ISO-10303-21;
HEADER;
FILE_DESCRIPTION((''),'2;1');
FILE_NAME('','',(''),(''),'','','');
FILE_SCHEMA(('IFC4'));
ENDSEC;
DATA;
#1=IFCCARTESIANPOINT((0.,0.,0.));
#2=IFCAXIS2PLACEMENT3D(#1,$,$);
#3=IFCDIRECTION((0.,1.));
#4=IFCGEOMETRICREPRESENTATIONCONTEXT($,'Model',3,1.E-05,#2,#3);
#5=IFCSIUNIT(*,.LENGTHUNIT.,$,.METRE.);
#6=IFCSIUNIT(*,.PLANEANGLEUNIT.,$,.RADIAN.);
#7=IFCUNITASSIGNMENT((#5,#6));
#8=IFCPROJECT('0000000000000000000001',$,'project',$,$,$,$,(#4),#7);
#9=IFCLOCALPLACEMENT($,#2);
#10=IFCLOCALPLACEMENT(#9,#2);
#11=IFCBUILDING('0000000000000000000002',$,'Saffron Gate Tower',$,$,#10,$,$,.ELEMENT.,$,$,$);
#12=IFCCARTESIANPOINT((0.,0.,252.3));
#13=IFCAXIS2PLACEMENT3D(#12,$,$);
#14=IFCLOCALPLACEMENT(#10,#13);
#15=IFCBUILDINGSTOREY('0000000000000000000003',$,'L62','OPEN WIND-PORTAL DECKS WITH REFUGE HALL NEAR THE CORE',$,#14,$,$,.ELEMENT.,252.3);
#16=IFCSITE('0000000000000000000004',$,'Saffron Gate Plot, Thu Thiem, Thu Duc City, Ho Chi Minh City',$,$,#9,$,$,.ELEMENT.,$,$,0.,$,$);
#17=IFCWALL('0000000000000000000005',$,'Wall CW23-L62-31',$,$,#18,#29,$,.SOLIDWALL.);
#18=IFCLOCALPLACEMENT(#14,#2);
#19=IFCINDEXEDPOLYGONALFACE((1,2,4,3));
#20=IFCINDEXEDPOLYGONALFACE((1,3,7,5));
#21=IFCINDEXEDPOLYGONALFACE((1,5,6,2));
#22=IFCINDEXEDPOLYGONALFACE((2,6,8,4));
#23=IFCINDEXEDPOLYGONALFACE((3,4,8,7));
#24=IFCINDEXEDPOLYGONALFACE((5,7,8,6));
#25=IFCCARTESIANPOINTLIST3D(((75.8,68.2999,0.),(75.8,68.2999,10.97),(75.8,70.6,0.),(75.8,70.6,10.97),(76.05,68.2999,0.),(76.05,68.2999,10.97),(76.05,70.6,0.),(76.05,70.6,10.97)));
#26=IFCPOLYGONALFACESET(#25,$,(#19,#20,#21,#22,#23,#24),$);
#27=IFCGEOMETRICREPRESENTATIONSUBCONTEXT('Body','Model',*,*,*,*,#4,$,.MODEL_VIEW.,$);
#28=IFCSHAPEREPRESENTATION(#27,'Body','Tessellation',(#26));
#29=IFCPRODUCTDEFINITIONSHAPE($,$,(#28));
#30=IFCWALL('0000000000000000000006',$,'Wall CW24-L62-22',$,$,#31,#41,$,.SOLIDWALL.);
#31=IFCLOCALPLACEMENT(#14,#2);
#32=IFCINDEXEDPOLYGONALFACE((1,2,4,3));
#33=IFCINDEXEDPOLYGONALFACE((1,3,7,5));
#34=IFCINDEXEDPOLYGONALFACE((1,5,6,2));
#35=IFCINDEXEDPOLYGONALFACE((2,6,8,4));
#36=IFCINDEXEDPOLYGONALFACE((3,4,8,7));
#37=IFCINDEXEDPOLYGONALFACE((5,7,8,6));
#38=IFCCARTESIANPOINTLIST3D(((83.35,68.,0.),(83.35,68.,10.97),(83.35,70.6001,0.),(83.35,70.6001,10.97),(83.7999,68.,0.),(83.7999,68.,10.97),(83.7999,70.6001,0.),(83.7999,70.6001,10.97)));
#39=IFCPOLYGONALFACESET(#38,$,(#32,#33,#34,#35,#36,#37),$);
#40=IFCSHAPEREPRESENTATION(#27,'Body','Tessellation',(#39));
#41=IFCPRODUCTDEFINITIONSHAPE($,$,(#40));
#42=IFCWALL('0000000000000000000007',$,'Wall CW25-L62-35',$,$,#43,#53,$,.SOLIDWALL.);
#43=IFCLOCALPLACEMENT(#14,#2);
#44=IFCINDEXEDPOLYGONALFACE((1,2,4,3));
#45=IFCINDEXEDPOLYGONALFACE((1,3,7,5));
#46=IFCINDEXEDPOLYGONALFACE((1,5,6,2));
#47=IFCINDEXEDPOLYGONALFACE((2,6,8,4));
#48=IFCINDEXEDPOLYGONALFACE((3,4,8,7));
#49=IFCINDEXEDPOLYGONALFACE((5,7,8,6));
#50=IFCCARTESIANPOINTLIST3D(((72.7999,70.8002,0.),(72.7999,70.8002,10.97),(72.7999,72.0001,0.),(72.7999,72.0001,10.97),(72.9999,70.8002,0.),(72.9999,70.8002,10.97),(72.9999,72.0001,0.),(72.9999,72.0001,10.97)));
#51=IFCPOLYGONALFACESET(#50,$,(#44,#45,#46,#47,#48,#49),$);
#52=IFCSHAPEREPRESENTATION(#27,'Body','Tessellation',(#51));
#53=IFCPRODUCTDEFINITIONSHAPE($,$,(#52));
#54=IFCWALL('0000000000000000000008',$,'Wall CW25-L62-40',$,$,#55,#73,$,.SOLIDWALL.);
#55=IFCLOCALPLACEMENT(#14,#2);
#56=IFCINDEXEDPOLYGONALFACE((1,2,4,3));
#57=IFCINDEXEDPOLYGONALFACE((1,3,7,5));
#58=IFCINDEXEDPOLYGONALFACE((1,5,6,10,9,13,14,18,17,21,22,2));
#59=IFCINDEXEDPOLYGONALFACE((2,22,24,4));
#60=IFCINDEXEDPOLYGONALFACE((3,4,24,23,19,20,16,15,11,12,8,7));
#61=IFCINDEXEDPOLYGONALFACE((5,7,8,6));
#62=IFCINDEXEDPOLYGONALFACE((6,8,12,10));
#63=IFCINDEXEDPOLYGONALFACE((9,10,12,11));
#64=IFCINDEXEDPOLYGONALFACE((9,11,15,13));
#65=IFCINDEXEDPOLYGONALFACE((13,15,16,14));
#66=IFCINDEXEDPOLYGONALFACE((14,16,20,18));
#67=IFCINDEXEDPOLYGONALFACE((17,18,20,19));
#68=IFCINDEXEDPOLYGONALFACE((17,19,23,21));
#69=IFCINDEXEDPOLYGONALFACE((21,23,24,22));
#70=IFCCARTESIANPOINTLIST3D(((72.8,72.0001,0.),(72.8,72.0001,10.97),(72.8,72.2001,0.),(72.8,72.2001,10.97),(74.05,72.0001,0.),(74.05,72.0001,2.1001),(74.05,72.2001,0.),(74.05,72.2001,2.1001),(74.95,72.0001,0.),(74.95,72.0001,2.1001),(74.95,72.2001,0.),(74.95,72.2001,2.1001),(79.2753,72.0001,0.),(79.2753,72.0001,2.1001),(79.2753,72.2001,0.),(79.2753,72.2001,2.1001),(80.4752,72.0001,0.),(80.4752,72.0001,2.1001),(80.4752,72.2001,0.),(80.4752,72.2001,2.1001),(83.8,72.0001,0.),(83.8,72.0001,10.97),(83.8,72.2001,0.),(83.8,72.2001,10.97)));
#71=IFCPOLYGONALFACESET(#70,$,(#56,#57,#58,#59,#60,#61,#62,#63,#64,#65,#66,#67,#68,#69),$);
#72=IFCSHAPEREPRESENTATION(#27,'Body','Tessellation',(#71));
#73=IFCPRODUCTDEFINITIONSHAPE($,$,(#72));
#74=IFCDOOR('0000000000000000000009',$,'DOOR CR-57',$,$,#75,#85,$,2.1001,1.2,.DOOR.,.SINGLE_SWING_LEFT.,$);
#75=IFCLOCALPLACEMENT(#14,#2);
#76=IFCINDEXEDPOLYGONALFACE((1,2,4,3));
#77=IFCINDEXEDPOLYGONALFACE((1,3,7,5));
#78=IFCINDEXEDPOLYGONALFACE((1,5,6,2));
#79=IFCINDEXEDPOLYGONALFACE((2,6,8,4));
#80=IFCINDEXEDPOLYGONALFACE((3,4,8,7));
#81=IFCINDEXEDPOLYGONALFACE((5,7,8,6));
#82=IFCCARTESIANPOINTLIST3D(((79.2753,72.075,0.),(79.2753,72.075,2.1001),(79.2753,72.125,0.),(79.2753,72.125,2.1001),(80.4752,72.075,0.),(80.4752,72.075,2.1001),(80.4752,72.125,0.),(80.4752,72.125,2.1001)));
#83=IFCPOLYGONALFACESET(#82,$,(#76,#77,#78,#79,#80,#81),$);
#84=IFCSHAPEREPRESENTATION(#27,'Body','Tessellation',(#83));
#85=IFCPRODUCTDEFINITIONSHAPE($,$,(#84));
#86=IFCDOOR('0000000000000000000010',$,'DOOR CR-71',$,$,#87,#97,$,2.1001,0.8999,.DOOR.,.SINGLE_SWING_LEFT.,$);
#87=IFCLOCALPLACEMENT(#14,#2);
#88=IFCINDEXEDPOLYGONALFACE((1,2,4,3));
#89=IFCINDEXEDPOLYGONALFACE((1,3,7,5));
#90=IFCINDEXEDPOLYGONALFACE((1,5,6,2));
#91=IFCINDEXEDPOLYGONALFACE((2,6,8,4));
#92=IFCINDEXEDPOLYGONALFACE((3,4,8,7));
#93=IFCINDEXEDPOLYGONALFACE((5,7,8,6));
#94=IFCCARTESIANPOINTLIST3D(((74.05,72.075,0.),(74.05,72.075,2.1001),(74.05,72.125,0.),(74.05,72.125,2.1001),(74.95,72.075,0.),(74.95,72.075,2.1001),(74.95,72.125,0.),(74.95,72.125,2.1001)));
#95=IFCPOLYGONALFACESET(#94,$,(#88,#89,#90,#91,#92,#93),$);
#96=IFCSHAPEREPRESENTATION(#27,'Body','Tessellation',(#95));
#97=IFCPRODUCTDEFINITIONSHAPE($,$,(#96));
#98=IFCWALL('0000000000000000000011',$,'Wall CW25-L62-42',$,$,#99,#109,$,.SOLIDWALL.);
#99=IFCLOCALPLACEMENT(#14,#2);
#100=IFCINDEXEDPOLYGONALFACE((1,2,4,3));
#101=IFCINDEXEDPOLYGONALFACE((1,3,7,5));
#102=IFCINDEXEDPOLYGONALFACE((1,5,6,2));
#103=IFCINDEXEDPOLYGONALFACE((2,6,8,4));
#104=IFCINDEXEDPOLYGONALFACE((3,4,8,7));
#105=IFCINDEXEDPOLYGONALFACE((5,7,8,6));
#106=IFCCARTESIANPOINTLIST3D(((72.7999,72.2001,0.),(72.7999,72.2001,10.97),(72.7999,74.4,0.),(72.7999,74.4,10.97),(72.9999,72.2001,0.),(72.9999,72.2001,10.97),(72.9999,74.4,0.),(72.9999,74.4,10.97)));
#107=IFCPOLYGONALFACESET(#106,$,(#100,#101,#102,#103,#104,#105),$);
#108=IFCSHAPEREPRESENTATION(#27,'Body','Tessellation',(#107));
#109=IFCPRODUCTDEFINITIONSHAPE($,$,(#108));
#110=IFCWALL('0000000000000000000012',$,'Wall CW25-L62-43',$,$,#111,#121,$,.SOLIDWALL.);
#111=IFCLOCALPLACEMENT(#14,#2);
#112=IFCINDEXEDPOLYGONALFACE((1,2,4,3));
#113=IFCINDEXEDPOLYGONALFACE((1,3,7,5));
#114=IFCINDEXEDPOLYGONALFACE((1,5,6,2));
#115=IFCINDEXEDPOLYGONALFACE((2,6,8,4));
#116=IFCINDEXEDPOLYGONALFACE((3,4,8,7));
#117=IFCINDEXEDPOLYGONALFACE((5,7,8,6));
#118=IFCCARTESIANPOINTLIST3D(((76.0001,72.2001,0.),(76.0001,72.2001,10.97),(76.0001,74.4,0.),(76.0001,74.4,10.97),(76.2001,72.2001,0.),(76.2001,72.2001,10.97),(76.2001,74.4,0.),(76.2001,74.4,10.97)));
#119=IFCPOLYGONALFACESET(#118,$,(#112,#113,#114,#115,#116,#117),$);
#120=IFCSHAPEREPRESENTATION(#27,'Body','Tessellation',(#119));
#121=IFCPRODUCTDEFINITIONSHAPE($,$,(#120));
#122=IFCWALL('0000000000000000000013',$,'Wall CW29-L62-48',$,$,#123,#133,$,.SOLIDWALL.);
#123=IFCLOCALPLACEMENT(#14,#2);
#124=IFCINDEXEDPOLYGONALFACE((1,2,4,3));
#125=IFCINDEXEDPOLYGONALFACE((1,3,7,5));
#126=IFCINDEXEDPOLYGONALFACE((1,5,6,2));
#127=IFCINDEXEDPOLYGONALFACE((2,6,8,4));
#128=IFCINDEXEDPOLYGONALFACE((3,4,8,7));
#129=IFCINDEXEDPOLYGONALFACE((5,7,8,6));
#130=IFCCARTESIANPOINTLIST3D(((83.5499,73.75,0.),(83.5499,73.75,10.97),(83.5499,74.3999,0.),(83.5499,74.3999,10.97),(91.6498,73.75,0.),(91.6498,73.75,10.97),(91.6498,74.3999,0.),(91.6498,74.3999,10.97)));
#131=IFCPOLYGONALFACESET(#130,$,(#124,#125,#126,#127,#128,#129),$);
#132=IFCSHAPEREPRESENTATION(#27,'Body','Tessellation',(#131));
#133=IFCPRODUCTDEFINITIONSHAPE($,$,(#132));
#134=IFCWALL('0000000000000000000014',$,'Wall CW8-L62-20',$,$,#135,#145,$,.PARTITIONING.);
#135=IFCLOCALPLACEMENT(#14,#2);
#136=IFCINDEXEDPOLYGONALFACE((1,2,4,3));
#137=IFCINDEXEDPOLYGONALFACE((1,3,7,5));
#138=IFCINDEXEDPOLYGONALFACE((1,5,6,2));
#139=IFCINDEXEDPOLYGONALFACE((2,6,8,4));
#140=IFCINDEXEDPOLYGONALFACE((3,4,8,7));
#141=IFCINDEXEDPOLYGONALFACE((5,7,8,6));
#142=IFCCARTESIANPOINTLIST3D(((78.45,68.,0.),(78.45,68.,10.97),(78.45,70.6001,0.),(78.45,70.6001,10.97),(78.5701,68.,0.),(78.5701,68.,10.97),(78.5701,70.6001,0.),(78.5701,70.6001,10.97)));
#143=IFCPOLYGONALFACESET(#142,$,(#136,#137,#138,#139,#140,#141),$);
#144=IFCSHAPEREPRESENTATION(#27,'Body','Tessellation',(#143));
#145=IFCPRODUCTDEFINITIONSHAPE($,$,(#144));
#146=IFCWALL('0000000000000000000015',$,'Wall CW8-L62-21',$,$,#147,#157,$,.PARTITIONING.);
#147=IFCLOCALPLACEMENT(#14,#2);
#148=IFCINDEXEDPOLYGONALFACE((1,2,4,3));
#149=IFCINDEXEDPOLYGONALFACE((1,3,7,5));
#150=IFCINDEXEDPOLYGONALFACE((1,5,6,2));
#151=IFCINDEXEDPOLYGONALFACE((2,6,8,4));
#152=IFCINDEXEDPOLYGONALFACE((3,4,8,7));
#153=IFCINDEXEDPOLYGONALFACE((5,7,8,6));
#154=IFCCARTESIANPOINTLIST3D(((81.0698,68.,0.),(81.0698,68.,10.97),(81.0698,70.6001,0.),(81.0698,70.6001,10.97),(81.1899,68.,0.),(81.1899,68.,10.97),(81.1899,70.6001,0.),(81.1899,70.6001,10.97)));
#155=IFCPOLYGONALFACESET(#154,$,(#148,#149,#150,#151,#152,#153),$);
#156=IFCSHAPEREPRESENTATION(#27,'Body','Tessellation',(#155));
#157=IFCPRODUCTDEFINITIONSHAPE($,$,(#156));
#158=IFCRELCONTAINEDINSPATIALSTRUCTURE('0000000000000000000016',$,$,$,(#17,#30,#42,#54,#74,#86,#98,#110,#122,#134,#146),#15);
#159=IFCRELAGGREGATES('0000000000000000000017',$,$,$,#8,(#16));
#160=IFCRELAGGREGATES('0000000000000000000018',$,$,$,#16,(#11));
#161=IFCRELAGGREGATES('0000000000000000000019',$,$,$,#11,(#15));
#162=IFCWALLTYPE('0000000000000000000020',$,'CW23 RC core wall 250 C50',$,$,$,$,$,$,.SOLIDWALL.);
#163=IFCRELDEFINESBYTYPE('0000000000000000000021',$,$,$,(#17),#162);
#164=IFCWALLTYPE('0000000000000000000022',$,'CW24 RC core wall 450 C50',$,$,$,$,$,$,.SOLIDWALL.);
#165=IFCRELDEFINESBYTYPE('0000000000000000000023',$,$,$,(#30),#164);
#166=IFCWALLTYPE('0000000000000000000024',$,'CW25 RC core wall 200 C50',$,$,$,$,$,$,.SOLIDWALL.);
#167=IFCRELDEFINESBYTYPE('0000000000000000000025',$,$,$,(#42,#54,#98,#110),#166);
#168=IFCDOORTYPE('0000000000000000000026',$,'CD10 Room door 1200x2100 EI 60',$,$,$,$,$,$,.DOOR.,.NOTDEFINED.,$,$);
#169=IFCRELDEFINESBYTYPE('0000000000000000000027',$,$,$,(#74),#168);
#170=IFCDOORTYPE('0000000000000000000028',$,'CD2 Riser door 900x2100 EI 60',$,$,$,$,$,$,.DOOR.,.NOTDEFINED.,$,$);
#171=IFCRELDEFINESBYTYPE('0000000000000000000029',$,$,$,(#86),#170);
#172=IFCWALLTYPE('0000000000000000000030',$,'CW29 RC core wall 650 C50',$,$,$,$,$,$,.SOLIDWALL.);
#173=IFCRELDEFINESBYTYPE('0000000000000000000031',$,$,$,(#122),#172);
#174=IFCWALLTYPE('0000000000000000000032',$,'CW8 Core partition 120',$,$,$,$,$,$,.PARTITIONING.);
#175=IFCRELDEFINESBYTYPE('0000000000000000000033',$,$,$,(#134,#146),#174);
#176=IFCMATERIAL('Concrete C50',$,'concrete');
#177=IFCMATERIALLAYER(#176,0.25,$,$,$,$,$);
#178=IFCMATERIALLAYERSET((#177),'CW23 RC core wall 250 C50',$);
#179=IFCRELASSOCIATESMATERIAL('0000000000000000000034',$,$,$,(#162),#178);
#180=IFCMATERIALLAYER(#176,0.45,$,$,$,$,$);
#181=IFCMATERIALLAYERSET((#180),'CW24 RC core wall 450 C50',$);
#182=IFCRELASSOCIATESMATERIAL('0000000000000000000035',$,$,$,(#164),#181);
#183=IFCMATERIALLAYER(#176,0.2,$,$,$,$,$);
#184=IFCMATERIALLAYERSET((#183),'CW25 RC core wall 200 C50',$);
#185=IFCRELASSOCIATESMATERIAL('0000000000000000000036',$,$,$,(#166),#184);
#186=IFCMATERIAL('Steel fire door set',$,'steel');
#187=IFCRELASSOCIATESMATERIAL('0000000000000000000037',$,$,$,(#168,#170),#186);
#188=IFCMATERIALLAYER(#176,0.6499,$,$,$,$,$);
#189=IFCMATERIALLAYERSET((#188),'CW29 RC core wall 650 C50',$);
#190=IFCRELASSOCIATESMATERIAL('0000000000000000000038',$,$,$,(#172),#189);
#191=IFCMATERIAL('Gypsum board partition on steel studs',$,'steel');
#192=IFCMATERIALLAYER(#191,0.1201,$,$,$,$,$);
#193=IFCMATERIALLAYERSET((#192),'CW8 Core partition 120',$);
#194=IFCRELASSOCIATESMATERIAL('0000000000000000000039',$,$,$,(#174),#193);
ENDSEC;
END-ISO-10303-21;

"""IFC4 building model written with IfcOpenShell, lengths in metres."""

from ifc_helpers import new_model, si_unit, direction, frame, frame_2d, origin, place, context, subcontext, project, spatial, rectangle, extrude, material, layer, layer_set, type_object, element, fill, save


model = new_model("IFC4")

# Units and contexts
model_context = context("Model", 3, precision=1e-05, world=origin(), true_north=direction((0.0, 1.0)))
body_context = subcontext(model_context, "Body", "Model", "MODEL_VIEW")
ifc_project = project(units=[si_unit("LENGTHUNIT", "METRE"), si_unit("PLANEANGLEUNIT", "RADIAN")], contexts=[model_context])

# Site, building, storey
site_placement = place(None, origin())
site = spatial("IfcSite", under=ifc_project, at=site_placement, Name="Saffron Gate Plot, Thu Thiem, Thu Duc City, Ho Chi Minh City", CompositionType="ELEMENT", RefElevation=0.0)
building_placement = place(site_placement, origin())
building = spatial("IfcBuilding", under=site, at=building_placement, Name="Saffron Gate Tower", CompositionType="ELEMENT")
storey_placement = place(building_placement, frame((0.0, 0.0, 252.3)))
storey = spatial("IfcBuildingStorey", under=building, at=storey_placement, Name="L62", Description="OPEN WIND-PORTAL DECKS WITH REFUGE HALL NEAR THE CORE", CompositionType="ELEMENT", Elevation=252.3)

# Walls
ifc_material_1 = material(Name="Concrete C50", Category="concrete")
ifc_layer_1 = layer(ifc_material_1, 0.25)
ifc_layer_set_1 = layer_set([ifc_layer_1], Name="CW23 RC core wall 250 C50")
wall_type_1 = type_object("IfcWallType", Name="CW23 RC core wall 250 C50", PredefinedType="SOLIDWALL", material=ifc_layer_set_1)
wall_1_placement = place(storey_placement, frame((75.925, 68.3, 0.0), z_axis=(0.0, 0.0, 1.0), x_axis=(0.0, 1.0, 0.0)))
element("IfcWall", 1, at=wall_1_placement, inside=storey, type_object=wall_type_1, Name="Wall CW23-L62-31", PredefinedType="SOLIDWALL", context=body_context, shape_type="SweptSolid", body=[
    extrude(rectangle(XDim=2.3, YDim=0.25, at=frame_2d((1.1499, 0.0))), origin(), (0.0, 0.0, 1.0), 10.97),
])
ifc_layer_2 = layer(ifc_material_1, 0.45)
ifc_layer_set_2 = layer_set([ifc_layer_2], Name="CW24 RC core wall 450 C50")
wall_type_2 = type_object("IfcWallType", Name="CW24 RC core wall 450 C50", PredefinedType="SOLIDWALL", material=ifc_layer_set_2)
wall_2_placement = place(storey_placement, frame((83.575, 68.0, 0.0), z_axis=(0.0, 0.0, 1.0), x_axis=(0.0, 1.0, 0.0)))
element("IfcWall", 2, at=wall_2_placement, inside=storey, type_object=wall_type_2, Name="Wall CW24-L62-22", PredefinedType="SOLIDWALL", context=body_context, shape_type="SweptSolid", body=[
    extrude(rectangle(XDim=2.6001, YDim=0.45, at=frame_2d((1.3, 0.0))), origin(), (0.0, 0.0, 1.0), 10.97),
])

# Shared definitions
ifc_layer_3 = layer(ifc_material_1, 0.2)
ifc_layer_set_3 = layer_set([ifc_layer_3], Name="CW25 RC core wall 200 C50")
wall_type_3 = type_object("IfcWallType", Name="CW25 RC core wall 200 C50", PredefinedType="SOLIDWALL", material=ifc_layer_set_3)
ifc_material_2 = material(Name="Steel fire door set", Category="steel")

# Wall
wall_3_placement = place(storey_placement, frame((72.8999, 70.8, 0.0), z_axis=(0.0, 0.0, 1.0), x_axis=(0.0, 1.0, 0.0)))
element("IfcWall", 3, at=wall_3_placement, inside=storey, type_object=wall_type_3, Name="Wall CW25-L62-35", PredefinedType="SOLIDWALL", context=body_context, shape_type="SweptSolid", body=[
    extrude(rectangle(XDim=1.2, YDim=0.2, at=frame_2d((0.6001, 0.0))), origin(), (0.0, 0.0, 1.0), 10.97),
])

# Wall, openings, doors
wall_4_placement = place(storey_placement, frame((72.8, 72.1001, 0.0), z_axis=(0.0, 0.0, 1.0), x_axis=(1.0, 0.0, 0.0)))
wall_4 = element("IfcWall", 4, at=wall_4_placement, inside=storey, type_object=wall_type_3, Name="Wall CW25-L62-40", PredefinedType="SOLIDWALL", context=body_context, shape_type="SweptSolid", body=[
    extrude(rectangle(XDim=11.0, YDim=0.2, at=frame_2d((5.5, 0.0))), origin(), (0.0, 0.0, 1.0), 10.97),
])
opening_1_placement = place(wall_4_placement, frame((1.25, 0.0, 0.0)))
opening_1 = element("IfcOpeningElement", 5, at=opening_1_placement, cuts=wall_4, PredefinedType="OPENING", context=body_context, shape_type="SweptSolid", body=[
    extrude(rectangle(XDim=0.8999, YDim=2.1001, at=frame_2d((0.45, 1.05))), frame((0.0, 0.1099, 0.0), z_axis=(0.0, -1.0, 0.0), x_axis=(1.0, 0.0, 0.0)), (0.0, 0.0, 1.0), 0.22),
])
opening_2_placement = place(wall_4_placement, frame((6.4751, 0.0, 0.0)))
opening_2 = element("IfcOpeningElement", 6, at=opening_2_placement, cuts=wall_4, PredefinedType="OPENING", context=body_context, shape_type="SweptSolid", body=[
    extrude(rectangle(XDim=1.2, YDim=2.1001, at=frame_2d((0.6001, 1.05))), frame((0.0, 0.1099, 0.0), z_axis=(0.0, -1.0, 0.0), x_axis=(1.0, 0.0, 0.0)), (0.0, 0.0, 1.0), 0.22),
])
door_type_1 = type_object("IfcDoorType", Name="CD10 Room door 1200x2100 EI 60", OperationType="NOTDEFINED", PredefinedType="DOOR", material=ifc_material_2)
door_1_placement = place(opening_2_placement, origin())
door_1 = element("IfcDoor", 7, at=door_1_placement, inside=storey, type_object=door_type_1, Name="DOOR CR-57", OperationType="SINGLE_SWING_LEFT", OverallHeight=2.1001, OverallWidth=1.2, PredefinedType="DOOR", context=body_context, shape_type="SweptSolid", body=[
    extrude(rectangle(XDim=1.2, YDim=2.1001, at=frame_2d((0.6001, 1.05))), frame((0.0, 0.0249, 0.0), z_axis=(0.0, -1.0, 0.0), x_axis=(1.0, 0.0, 0.0)), (0.0, 0.0, 1.0), 0.05),
])
fill(opening_2, door_1)
door_type_2 = type_object("IfcDoorType", Name="CD2 Riser door 900x2100 EI 60", OperationType="NOTDEFINED", PredefinedType="DOOR", material=ifc_material_2)
door_2_placement = place(opening_1_placement, origin())
door_2 = element("IfcDoor", 8, at=door_2_placement, inside=storey, type_object=door_type_2, Name="DOOR CR-71", OperationType="SINGLE_SWING_LEFT", OverallHeight=2.1001, OverallWidth=0.8999, PredefinedType="DOOR", context=body_context, shape_type="SweptSolid", body=[
    extrude(rectangle(XDim=0.8999, YDim=2.1001, at=frame_2d((0.45, 1.05))), frame((0.0, 0.0249, 0.0), z_axis=(0.0, -1.0, 0.0), x_axis=(1.0, 0.0, 0.0)), (0.0, 0.0, 1.0), 0.05),
])
fill(opening_1, door_2)

# Walls
for number, where, z_axis, x_axis, name in (
    (9, (72.8999, 72.2, 0.0), (0.0, 0.0, 1.0), (0.0, 1.0, 0.0), "Wall CW25-L62-42"),
    (10, (76.1001, 72.2, 0.0), (0.0, 0.0, 1.0), (0.0, 1.0, 0.0), "Wall CW25-L62-43"),
):
    element("IfcWall", number, at=place(storey_placement, frame(where, z_axis=z_axis, x_axis=x_axis)), inside=storey, type_object=wall_type_3, Name=name, PredefinedType="SOLIDWALL", context=body_context, shape_type="SweptSolid", body=[
        extrude(rectangle(XDim=2.2, YDim=0.2, at=frame_2d((1.1001, 0.0))), origin(), (0.0, 0.0, 1.0), 10.97),
    ])
ifc_layer_4 = layer(ifc_material_1, 0.6499)
ifc_layer_set_4 = layer_set([ifc_layer_4], Name="CW29 RC core wall 650 C50")
wall_type_4 = type_object("IfcWallType", Name="CW29 RC core wall 650 C50", PredefinedType="SOLIDWALL", material=ifc_layer_set_4)
wall_5_placement = place(storey_placement, frame((83.55, 74.075, 0.0), z_axis=(0.0, 0.0, 1.0), x_axis=(1.0, 0.0, 0.0)))
element("IfcWall", 11, at=wall_5_placement, inside=storey, type_object=wall_type_4, Name="Wall CW29-L62-48", PredefinedType="SOLIDWALL", context=body_context, shape_type="SweptSolid", body=[
    extrude(rectangle(XDim=8.0999, YDim=0.6499, at=frame_2d((4.0498, 0.0))), origin(), (0.0, 0.0, 1.0), 10.97),
])
ifc_material_3 = material(Name="Gypsum board partition on steel studs", Category="steel")
ifc_layer_5 = layer(ifc_material_3, 0.1201)
ifc_layer_set_5 = layer_set([ifc_layer_5], Name="CW8 Core partition 120")
wall_type_5 = type_object("IfcWallType", Name="CW8 Core partition 120", PredefinedType="PARTITIONING", material=ifc_layer_set_5)
for number, where, z_axis, x_axis, name in (
    (12, (78.51, 68.0, 0.0), (0.0, 0.0, 1.0), (0.0, 1.0, 0.0), "Wall CW8-L62-20"),
    (13, (81.1299, 68.0, 0.0), (0.0, 0.0, 1.0), (0.0, 1.0, 0.0), "Wall CW8-L62-21"),
):
    element("IfcWall", number, at=place(storey_placement, frame(where, z_axis=z_axis, x_axis=x_axis)), inside=storey, type_object=wall_type_5, Name=name, PredefinedType="PARTITIONING", context=body_context, shape_type="SweptSolid", body=[
        extrude(rectangle(XDim=2.6001, YDim=0.1201, at=frame_2d((1.3, 0.0))), origin(), (0.0, 0.0, 1.0), 10.97),
    ])

save(model, "model.ifc")
